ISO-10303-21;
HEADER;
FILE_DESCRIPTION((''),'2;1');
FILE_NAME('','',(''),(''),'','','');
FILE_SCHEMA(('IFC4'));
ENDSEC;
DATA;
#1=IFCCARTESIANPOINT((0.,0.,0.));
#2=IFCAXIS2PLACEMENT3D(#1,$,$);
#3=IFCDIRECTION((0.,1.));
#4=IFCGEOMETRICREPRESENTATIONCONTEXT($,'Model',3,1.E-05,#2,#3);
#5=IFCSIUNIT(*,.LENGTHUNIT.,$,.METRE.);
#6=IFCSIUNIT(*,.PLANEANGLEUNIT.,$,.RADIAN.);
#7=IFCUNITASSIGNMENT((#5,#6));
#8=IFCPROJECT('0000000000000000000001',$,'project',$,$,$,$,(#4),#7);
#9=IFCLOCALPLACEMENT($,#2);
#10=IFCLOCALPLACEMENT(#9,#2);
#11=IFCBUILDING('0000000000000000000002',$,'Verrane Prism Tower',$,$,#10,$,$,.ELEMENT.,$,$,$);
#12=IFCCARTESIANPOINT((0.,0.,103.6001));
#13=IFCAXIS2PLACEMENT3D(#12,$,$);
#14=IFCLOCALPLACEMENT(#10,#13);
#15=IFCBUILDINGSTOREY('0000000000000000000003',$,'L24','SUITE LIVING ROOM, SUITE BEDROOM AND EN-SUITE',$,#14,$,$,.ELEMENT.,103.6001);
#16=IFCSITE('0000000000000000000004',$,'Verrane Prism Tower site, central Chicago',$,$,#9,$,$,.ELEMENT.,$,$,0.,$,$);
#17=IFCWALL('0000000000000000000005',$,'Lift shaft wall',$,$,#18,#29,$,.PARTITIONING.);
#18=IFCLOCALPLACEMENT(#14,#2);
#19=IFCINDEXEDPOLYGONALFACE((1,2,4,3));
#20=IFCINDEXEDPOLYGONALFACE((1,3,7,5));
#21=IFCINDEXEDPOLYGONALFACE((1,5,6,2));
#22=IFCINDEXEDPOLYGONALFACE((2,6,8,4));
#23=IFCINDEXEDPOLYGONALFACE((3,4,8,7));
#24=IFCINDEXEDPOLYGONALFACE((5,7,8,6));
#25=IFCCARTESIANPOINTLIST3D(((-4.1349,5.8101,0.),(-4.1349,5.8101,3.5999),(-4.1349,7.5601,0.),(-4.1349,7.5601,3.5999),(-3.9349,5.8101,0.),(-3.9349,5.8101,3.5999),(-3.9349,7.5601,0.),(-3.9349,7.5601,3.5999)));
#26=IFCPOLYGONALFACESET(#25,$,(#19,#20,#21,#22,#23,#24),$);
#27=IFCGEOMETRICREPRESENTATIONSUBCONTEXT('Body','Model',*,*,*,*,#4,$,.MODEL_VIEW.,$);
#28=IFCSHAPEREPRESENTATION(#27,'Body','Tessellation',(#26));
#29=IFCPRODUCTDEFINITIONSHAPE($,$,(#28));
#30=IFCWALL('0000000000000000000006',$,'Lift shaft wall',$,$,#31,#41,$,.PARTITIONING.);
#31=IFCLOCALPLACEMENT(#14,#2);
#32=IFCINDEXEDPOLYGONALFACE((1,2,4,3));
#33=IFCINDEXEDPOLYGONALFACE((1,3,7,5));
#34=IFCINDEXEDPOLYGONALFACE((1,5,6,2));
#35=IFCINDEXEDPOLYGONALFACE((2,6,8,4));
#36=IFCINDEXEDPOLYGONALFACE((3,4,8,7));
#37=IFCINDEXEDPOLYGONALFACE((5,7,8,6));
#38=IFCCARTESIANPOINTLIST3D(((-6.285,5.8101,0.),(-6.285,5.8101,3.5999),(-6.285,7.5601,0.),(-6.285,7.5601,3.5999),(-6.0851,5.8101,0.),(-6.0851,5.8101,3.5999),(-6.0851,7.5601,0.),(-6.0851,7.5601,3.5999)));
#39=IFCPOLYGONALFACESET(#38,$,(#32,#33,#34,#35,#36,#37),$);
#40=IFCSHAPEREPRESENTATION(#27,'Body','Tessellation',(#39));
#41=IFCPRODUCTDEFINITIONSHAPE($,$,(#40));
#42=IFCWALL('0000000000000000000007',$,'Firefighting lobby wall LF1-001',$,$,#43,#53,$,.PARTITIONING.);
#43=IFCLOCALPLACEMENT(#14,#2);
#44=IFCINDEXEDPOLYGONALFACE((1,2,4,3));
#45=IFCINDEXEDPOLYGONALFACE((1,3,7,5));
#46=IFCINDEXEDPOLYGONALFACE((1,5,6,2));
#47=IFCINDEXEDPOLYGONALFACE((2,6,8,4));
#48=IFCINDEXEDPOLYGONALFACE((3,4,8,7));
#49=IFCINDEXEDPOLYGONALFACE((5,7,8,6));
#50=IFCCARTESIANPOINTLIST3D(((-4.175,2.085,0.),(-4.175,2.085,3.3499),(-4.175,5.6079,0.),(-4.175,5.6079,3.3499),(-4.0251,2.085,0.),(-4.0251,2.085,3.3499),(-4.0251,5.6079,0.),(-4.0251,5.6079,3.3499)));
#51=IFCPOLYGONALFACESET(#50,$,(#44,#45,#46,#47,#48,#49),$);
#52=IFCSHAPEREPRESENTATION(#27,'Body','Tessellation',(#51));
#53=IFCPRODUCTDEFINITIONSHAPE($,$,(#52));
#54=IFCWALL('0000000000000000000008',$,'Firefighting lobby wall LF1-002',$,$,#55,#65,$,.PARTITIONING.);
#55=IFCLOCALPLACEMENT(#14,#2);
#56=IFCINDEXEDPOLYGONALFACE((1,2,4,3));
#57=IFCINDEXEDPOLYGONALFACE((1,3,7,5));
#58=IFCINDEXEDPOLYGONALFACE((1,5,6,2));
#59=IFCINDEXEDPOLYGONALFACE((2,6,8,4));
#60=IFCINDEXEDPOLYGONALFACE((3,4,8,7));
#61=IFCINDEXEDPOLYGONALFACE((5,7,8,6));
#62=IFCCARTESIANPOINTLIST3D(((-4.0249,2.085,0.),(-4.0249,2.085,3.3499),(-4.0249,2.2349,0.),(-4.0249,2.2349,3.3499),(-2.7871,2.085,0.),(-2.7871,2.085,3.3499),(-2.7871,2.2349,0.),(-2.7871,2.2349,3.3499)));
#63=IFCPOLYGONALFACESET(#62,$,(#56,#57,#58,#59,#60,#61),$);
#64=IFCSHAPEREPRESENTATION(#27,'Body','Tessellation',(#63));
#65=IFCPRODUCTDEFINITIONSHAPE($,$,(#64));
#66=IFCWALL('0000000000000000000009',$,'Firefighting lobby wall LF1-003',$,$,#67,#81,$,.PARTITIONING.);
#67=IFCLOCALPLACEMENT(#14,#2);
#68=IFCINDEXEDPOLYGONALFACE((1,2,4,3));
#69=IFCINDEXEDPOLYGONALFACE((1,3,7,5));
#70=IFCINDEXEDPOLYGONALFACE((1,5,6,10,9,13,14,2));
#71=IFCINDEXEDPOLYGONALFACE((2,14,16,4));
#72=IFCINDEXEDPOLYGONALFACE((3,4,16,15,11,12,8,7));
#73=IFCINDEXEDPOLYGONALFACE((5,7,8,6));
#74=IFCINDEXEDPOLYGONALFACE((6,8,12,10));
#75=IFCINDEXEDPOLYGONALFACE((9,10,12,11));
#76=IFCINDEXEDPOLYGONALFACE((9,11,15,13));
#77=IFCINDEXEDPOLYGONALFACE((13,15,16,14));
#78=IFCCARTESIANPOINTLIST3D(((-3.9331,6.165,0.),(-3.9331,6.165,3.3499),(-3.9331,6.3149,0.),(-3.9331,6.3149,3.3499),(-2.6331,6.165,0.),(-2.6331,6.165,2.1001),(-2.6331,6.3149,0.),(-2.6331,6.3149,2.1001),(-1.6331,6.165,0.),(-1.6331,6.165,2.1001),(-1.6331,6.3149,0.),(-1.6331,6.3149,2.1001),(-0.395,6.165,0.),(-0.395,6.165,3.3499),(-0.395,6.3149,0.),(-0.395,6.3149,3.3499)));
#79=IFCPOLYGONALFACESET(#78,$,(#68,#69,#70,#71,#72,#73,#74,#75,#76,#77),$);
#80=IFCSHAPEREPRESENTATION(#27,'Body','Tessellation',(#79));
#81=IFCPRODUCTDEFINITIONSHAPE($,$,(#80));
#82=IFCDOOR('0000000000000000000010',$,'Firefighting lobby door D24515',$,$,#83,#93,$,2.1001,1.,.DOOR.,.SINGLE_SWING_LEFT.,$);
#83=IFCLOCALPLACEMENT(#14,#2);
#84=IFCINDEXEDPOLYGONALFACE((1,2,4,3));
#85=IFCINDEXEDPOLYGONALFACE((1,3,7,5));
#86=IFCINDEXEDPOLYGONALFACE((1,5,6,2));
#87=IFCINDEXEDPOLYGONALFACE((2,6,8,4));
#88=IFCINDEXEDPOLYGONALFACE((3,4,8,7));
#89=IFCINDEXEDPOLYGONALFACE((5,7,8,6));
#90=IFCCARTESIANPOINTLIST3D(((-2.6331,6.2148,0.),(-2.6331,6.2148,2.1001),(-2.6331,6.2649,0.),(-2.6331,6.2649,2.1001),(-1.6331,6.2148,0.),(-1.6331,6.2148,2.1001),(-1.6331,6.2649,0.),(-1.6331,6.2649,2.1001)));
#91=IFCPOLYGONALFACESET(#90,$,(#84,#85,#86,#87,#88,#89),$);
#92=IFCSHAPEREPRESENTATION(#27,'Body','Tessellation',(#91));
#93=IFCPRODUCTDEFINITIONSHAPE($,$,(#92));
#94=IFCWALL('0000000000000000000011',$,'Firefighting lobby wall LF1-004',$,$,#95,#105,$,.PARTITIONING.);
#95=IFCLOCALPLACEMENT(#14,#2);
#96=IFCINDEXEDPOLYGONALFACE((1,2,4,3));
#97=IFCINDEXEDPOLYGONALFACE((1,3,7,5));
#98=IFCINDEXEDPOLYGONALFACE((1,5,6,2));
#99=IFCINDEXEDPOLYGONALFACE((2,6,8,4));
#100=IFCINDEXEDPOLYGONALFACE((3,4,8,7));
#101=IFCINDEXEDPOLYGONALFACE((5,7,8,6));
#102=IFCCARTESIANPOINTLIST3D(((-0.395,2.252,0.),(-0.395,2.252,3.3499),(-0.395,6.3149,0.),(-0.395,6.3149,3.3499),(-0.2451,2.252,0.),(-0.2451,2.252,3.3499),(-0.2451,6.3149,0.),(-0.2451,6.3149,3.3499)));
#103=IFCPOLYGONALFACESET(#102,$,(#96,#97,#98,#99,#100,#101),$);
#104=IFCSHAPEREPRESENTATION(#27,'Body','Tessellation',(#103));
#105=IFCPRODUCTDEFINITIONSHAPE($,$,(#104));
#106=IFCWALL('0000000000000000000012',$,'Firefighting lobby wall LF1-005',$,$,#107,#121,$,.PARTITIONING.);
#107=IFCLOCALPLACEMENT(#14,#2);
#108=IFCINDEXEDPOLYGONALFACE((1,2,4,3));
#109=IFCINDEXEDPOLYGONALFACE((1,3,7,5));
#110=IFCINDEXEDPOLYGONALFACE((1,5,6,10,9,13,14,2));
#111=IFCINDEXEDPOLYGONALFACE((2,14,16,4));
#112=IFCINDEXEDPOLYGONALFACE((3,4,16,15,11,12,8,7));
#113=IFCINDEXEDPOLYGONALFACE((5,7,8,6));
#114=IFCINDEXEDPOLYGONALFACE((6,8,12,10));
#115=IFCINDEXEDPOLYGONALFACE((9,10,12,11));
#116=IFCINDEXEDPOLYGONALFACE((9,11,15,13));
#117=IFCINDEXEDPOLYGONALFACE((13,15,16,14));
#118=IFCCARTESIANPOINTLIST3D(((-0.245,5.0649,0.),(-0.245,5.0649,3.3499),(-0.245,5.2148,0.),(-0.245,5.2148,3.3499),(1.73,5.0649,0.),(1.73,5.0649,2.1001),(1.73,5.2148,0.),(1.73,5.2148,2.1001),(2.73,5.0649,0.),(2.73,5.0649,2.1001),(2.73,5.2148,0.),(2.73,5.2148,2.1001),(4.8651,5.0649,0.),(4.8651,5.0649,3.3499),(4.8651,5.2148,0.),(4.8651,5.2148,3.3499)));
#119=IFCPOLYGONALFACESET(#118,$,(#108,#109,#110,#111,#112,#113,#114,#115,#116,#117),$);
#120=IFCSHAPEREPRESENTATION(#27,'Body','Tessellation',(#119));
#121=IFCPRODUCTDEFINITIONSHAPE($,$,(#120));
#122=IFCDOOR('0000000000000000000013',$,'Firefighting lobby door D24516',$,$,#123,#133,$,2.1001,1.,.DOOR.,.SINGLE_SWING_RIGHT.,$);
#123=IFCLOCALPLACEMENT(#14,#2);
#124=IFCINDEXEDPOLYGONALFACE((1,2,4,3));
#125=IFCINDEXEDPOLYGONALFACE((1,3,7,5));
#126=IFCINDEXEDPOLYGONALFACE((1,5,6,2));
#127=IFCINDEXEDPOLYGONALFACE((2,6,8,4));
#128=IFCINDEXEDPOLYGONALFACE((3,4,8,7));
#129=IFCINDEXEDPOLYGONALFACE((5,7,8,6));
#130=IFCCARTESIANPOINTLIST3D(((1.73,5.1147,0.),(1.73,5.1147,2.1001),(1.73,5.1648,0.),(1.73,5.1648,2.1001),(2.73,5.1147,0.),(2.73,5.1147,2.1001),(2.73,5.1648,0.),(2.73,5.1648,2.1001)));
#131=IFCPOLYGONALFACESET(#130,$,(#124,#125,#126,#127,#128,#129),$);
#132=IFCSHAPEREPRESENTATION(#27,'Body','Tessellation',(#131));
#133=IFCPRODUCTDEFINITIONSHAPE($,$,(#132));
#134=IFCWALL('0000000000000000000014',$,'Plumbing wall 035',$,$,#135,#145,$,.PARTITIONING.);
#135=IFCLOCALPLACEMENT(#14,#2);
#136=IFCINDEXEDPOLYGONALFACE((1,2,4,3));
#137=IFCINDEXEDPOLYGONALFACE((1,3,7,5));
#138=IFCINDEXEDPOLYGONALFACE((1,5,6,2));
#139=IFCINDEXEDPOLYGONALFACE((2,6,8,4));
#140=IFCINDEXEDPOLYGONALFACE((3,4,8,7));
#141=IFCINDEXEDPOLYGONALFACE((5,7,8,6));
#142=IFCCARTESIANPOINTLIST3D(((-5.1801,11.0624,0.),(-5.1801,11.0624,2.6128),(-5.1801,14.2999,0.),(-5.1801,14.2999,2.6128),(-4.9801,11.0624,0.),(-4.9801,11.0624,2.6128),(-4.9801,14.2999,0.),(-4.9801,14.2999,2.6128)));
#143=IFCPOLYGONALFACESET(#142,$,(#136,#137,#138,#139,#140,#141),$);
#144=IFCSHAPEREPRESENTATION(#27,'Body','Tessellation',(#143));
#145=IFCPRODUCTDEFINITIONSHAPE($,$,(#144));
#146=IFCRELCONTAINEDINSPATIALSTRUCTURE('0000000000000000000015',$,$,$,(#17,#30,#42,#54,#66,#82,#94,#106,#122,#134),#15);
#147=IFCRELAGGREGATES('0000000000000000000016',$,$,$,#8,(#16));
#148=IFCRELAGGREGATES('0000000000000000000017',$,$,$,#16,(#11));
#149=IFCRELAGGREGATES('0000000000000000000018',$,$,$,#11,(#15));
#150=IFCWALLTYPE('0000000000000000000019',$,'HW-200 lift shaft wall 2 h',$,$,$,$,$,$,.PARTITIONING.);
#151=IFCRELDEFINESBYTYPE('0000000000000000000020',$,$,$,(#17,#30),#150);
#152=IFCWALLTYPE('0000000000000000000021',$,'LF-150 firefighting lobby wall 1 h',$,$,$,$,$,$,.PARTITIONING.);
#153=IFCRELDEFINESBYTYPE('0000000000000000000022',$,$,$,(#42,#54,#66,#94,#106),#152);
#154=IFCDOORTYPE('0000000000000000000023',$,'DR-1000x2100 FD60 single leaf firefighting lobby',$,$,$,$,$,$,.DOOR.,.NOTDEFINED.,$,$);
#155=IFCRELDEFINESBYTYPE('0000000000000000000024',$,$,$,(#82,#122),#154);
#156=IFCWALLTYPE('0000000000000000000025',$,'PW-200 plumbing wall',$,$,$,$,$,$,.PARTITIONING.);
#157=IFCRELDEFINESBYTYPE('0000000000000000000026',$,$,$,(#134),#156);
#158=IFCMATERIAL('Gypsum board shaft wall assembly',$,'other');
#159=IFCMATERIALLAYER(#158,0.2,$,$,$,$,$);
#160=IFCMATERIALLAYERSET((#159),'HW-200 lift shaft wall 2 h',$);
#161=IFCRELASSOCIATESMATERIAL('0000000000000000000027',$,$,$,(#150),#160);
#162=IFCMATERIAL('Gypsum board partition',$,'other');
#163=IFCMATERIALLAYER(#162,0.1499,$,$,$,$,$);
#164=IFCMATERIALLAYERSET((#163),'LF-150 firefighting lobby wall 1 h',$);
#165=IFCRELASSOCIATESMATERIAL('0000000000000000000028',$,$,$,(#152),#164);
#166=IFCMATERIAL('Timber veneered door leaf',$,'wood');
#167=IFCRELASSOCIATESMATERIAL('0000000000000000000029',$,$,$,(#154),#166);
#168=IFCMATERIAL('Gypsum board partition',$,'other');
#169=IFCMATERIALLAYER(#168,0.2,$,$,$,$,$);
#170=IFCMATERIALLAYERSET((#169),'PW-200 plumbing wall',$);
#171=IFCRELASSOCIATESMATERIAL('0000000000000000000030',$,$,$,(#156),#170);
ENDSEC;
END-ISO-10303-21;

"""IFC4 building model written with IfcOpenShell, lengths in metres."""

from ifc_helpers import new_model, si_unit, direction, frame, frame_2d, origin, place, context, subcontext, project, spatial, rectangle, extrude, material, layer, layer_set, type_object, element, fill, save


model = new_model("IFC4")

# Units and contexts
model_context = context("Model", 3, precision=1e-05, world=origin(), true_north=direction((0.0, 1.0)))
body_context = subcontext(model_context, "Body", "Model", "MODEL_VIEW")
ifc_project = project(units=[si_unit("LENGTHUNIT", "METRE"), si_unit("PLANEANGLEUNIT", "RADIAN")], contexts=[model_context])

# Site, building, storey
site_placement = place(None, origin())
site = spatial("IfcSite", under=ifc_project, at=site_placement, Name="Verrane Prism Tower site, central Chicago", CompositionType="ELEMENT", RefElevation=0.0)
building_placement = place(site_placement, origin())
building = spatial("IfcBuilding", under=site, at=building_placement, Name="Verrane Prism Tower", CompositionType="ELEMENT")
storey_placement = place(building_placement, frame((0.0, 0.0, 103.6001)))
storey = spatial("IfcBuildingStorey", under=building, at=storey_placement, Name="L24", Description="SUITE LIVING ROOM, SUITE BEDROOM AND EN-SUITE", CompositionType="ELEMENT", Elevation=103.6001)

# Shared definitions
ifc_material_1 = material(Name="Gypsum board shaft wall assembly", Category="other")
ifc_layer_1 = layer(ifc_material_1, 0.2)
ifc_layer_set_1 = layer_set([ifc_layer_1], Name="HW-200 lift shaft wall 2 h")
wall_type_1 = type_object("IfcWallType", Name="HW-200 lift shaft wall 2 h", PredefinedType="PARTITIONING", material=ifc_layer_set_1)

# Walls
for number, where, z_axis, x_axis, name in (
    (1, (-4.0349, 5.8101, 0.0), (0.0, 0.0, 1.0), (0.0, 1.0, 0.0), "Lift shaft wall"),
    (2, (-6.1851, 5.8101, 0.0), (0.0, 0.0, 1.0), (0.0, 1.0, 0.0), "Lift shaft wall"),
):
    element("IfcWall", number, at=place(storey_placement, frame(where, z_axis=z_axis, x_axis=x_axis)), inside=storey, type_object=wall_type_1, Name=name, PredefinedType="PARTITIONING", context=body_context, shape_type="SweptSolid", body=[
        extrude(rectangle(XDim=1.75, YDim=0.2, at=frame_2d((0.875, 0.0))), origin(), (0.0, 0.0, 1.0), 3.5999),
    ])
ifc_material_2 = material(Name="Gypsum board partition", Category="other")
ifc_layer_2 = layer(ifc_material_2, 0.1499)
ifc_layer_set_2 = layer_set([ifc_layer_2], Name="LF-150 firefighting lobby wall 1 h")
wall_type_2 = type_object("IfcWallType", Name="LF-150 firefighting lobby wall 1 h", PredefinedType="PARTITIONING", material=ifc_layer_set_2)
wall_1_placement = place(storey_placement, frame((-4.1001, 2.085, 0.0), z_axis=(0.0, 0.0, 1.0), x_axis=(0.0, 1.0, 0.0)))
element("IfcWall", 3, at=wall_1_placement, inside=storey, type_object=wall_type_2, Name="Firefighting lobby wall LF1-001", PredefinedType="PARTITIONING", context=body_context, shape_type="SweptSolid", body=[
    extrude(rectangle(XDim=3.5229, YDim=0.1499, at=frame_2d((1.7615, 0.0))), origin(), (0.0, 0.0, 1.0), 3.3499),
])
wall_2_placement = place(storey_placement, frame((-4.0249, 2.1599, 0.0), z_axis=(0.0, 0.0, 1.0), x_axis=(1.0, 0.0, 0.0)))
element("IfcWall", 4, at=wall_2_placement, inside=storey, type_object=wall_type_2, Name="Firefighting lobby wall LF1-002", PredefinedType="PARTITIONING", context=body_context, shape_type="SweptSolid", body=[
    extrude(rectangle(XDim=1.2378, YDim=0.1499, at=frame_2d((0.6189, 0.0))), origin(), (0.0, 0.0, 1.0), 3.3499),
])

# Wall, opening, door
wall_3_placement = place(storey_placement, frame((-3.9331, 6.24, 0.0), z_axis=(0.0, 0.0, 1.0), x_axis=(1.0, 0.0, 0.0)))
wall_3 = element("IfcWall", 5, at=wall_3_placement, inside=storey, type_object=wall_type_2, Name="Firefighting lobby wall LF1-003", PredefinedType="PARTITIONING", context=body_context, shape_type="SweptSolid", body=[
    extrude(rectangle(XDim=3.5381, YDim=0.1499, at=frame_2d((1.769, 0.0))), origin(), (0.0, 0.0, 1.0), 3.3499),
])
opening_1_placement = place(wall_3_placement, frame((1.3, 0.0, 0.0)))
opening_1 = element("IfcOpeningElement", 6, at=opening_1_placement, cuts=wall_3, PredefinedType="OPENING", context=body_context, shape_type="SweptSolid", body=[
    extrude(rectangle(XDim=1.0, YDim=2.1001, at=frame_2d((0.5, 1.05))), frame((0.0, 0.085, 0.0), z_axis=(0.0, -1.0, 0.0), x_axis=(1.0, 0.0, 0.0)), (0.0, 0.0, 1.0), 0.1699),
])
ifc_material_3 = material(Name="Timber veneered door leaf", Category="wood")
door_type_1 = type_object("IfcDoorType", Name="DR-1000x2100 FD60 single leaf firefighting lobby", OperationType="NOTDEFINED", PredefinedType="DOOR", material=ifc_material_3)
door_1_placement = place(opening_1_placement, origin())
door_1 = element("IfcDoor", 7, at=door_1_placement, inside=storey, type_object=door_type_1, Name="Firefighting lobby door D24515", OperationType="SINGLE_SWING_LEFT", OverallHeight=2.1001, OverallWidth=1.0, PredefinedType="DOOR", context=body_context, shape_type="SweptSolid", body=[
    extrude(rectangle(XDim=1.0, YDim=2.1001, at=frame_2d((0.5, 1.05))), frame((0.0, 0.0249, 0.0), z_axis=(0.0, -1.0, 0.0), x_axis=(1.0, 0.0, 0.0)), (0.0, 0.0, 1.0), 0.05),
])
fill(opening_1, door_1)

# Wall
wall_4_placement = place(storey_placement, frame((-0.3201, 2.252, 0.0), z_axis=(0.0, 0.0, 1.0), x_axis=(0.0, 1.0, 0.0)))
element("IfcWall", 8, at=wall_4_placement, inside=storey, type_object=wall_type_2, Name="Firefighting lobby wall LF1-004", PredefinedType="PARTITIONING", context=body_context, shape_type="SweptSolid", body=[
    extrude(rectangle(XDim=4.063, YDim=0.1499, at=frame_2d((2.0315, 0.0))), origin(), (0.0, 0.0, 1.0), 3.3499),
])

# Wall, opening, door
wall_5_placement = place(storey_placement, frame((-0.2451, 5.1399, 0.0), z_axis=(0.0, 0.0, 1.0), x_axis=(1.0, 0.0, 0.0)))
wall_5 = element("IfcWall", 9, at=wall_5_placement, inside=storey, type_object=wall_type_2, Name="Firefighting lobby wall LF1-005", PredefinedType="PARTITIONING", context=body_context, shape_type="SweptSolid", body=[
    extrude(rectangle(XDim=5.1101, YDim=0.1499, at=frame_2d((2.5552, 0.0))), origin(), (0.0, 0.0, 1.0), 3.3499),
])
opening_2_placement = place(wall_5_placement, frame((1.9751, 0.0, 0.0)))
opening_2 = element("IfcOpeningElement", 10, at=opening_2_placement, cuts=wall_5, PredefinedType="OPENING", context=body_context, shape_type="SweptSolid", body=[
    extrude(rectangle(XDim=1.0, YDim=2.1001, at=frame_2d((0.5, 1.05))), frame((0.0, 0.085, 0.0), z_axis=(0.0, -1.0, 0.0), x_axis=(1.0, 0.0, 0.0)), (0.0, 0.0, 1.0), 0.1699),
])
door_2_placement = place(opening_2_placement, origin())
door_2 = element("IfcDoor", 11, at=door_2_placement, inside=storey, type_object=door_type_1, Name="Firefighting lobby door D24516", OperationType="SINGLE_SWING_RIGHT", OverallHeight=2.1001, OverallWidth=1.0, PredefinedType="DOOR", context=body_context, shape_type="SweptSolid", body=[
    extrude(rectangle(XDim=1.0, YDim=2.1001, at=frame_2d((0.5, 1.05))), frame((0.0, 0.0249, 0.0), z_axis=(0.0, -1.0, 0.0), x_axis=(1.0, 0.0, 0.0)), (0.0, 0.0, 1.0), 0.05),
])
fill(opening_2, door_2)

# Wall
ifc_material_4 = material(Name="Gypsum board partition", Category="other")
ifc_layer_3 = layer(ifc_material_4, 0.2)
ifc_layer_set_3 = layer_set([ifc_layer_3], Name="PW-200 plumbing wall")
wall_type_3 = type_object("IfcWallType", Name="PW-200 plumbing wall", PredefinedType="PARTITIONING", material=ifc_layer_set_3)
wall_6_placement = place(storey_placement, frame((-5.0801, 11.0625, 0.0), z_axis=(0.0, 0.0, 1.0), x_axis=(0.0, 1.0, 0.0)))
element("IfcWall", 12, at=wall_6_placement, inside=storey, type_object=wall_type_3, Name="Plumbing wall 035", PredefinedType="PARTITIONING", context=body_context, shape_type="SweptSolid", body=[
    extrude(rectangle(XDim=3.2375, YDim=0.2, at=frame_2d((1.6187, 0.0))), origin(), (0.0, 0.0, 1.0), 2.6128),
])

save(model, "model.ifc")
